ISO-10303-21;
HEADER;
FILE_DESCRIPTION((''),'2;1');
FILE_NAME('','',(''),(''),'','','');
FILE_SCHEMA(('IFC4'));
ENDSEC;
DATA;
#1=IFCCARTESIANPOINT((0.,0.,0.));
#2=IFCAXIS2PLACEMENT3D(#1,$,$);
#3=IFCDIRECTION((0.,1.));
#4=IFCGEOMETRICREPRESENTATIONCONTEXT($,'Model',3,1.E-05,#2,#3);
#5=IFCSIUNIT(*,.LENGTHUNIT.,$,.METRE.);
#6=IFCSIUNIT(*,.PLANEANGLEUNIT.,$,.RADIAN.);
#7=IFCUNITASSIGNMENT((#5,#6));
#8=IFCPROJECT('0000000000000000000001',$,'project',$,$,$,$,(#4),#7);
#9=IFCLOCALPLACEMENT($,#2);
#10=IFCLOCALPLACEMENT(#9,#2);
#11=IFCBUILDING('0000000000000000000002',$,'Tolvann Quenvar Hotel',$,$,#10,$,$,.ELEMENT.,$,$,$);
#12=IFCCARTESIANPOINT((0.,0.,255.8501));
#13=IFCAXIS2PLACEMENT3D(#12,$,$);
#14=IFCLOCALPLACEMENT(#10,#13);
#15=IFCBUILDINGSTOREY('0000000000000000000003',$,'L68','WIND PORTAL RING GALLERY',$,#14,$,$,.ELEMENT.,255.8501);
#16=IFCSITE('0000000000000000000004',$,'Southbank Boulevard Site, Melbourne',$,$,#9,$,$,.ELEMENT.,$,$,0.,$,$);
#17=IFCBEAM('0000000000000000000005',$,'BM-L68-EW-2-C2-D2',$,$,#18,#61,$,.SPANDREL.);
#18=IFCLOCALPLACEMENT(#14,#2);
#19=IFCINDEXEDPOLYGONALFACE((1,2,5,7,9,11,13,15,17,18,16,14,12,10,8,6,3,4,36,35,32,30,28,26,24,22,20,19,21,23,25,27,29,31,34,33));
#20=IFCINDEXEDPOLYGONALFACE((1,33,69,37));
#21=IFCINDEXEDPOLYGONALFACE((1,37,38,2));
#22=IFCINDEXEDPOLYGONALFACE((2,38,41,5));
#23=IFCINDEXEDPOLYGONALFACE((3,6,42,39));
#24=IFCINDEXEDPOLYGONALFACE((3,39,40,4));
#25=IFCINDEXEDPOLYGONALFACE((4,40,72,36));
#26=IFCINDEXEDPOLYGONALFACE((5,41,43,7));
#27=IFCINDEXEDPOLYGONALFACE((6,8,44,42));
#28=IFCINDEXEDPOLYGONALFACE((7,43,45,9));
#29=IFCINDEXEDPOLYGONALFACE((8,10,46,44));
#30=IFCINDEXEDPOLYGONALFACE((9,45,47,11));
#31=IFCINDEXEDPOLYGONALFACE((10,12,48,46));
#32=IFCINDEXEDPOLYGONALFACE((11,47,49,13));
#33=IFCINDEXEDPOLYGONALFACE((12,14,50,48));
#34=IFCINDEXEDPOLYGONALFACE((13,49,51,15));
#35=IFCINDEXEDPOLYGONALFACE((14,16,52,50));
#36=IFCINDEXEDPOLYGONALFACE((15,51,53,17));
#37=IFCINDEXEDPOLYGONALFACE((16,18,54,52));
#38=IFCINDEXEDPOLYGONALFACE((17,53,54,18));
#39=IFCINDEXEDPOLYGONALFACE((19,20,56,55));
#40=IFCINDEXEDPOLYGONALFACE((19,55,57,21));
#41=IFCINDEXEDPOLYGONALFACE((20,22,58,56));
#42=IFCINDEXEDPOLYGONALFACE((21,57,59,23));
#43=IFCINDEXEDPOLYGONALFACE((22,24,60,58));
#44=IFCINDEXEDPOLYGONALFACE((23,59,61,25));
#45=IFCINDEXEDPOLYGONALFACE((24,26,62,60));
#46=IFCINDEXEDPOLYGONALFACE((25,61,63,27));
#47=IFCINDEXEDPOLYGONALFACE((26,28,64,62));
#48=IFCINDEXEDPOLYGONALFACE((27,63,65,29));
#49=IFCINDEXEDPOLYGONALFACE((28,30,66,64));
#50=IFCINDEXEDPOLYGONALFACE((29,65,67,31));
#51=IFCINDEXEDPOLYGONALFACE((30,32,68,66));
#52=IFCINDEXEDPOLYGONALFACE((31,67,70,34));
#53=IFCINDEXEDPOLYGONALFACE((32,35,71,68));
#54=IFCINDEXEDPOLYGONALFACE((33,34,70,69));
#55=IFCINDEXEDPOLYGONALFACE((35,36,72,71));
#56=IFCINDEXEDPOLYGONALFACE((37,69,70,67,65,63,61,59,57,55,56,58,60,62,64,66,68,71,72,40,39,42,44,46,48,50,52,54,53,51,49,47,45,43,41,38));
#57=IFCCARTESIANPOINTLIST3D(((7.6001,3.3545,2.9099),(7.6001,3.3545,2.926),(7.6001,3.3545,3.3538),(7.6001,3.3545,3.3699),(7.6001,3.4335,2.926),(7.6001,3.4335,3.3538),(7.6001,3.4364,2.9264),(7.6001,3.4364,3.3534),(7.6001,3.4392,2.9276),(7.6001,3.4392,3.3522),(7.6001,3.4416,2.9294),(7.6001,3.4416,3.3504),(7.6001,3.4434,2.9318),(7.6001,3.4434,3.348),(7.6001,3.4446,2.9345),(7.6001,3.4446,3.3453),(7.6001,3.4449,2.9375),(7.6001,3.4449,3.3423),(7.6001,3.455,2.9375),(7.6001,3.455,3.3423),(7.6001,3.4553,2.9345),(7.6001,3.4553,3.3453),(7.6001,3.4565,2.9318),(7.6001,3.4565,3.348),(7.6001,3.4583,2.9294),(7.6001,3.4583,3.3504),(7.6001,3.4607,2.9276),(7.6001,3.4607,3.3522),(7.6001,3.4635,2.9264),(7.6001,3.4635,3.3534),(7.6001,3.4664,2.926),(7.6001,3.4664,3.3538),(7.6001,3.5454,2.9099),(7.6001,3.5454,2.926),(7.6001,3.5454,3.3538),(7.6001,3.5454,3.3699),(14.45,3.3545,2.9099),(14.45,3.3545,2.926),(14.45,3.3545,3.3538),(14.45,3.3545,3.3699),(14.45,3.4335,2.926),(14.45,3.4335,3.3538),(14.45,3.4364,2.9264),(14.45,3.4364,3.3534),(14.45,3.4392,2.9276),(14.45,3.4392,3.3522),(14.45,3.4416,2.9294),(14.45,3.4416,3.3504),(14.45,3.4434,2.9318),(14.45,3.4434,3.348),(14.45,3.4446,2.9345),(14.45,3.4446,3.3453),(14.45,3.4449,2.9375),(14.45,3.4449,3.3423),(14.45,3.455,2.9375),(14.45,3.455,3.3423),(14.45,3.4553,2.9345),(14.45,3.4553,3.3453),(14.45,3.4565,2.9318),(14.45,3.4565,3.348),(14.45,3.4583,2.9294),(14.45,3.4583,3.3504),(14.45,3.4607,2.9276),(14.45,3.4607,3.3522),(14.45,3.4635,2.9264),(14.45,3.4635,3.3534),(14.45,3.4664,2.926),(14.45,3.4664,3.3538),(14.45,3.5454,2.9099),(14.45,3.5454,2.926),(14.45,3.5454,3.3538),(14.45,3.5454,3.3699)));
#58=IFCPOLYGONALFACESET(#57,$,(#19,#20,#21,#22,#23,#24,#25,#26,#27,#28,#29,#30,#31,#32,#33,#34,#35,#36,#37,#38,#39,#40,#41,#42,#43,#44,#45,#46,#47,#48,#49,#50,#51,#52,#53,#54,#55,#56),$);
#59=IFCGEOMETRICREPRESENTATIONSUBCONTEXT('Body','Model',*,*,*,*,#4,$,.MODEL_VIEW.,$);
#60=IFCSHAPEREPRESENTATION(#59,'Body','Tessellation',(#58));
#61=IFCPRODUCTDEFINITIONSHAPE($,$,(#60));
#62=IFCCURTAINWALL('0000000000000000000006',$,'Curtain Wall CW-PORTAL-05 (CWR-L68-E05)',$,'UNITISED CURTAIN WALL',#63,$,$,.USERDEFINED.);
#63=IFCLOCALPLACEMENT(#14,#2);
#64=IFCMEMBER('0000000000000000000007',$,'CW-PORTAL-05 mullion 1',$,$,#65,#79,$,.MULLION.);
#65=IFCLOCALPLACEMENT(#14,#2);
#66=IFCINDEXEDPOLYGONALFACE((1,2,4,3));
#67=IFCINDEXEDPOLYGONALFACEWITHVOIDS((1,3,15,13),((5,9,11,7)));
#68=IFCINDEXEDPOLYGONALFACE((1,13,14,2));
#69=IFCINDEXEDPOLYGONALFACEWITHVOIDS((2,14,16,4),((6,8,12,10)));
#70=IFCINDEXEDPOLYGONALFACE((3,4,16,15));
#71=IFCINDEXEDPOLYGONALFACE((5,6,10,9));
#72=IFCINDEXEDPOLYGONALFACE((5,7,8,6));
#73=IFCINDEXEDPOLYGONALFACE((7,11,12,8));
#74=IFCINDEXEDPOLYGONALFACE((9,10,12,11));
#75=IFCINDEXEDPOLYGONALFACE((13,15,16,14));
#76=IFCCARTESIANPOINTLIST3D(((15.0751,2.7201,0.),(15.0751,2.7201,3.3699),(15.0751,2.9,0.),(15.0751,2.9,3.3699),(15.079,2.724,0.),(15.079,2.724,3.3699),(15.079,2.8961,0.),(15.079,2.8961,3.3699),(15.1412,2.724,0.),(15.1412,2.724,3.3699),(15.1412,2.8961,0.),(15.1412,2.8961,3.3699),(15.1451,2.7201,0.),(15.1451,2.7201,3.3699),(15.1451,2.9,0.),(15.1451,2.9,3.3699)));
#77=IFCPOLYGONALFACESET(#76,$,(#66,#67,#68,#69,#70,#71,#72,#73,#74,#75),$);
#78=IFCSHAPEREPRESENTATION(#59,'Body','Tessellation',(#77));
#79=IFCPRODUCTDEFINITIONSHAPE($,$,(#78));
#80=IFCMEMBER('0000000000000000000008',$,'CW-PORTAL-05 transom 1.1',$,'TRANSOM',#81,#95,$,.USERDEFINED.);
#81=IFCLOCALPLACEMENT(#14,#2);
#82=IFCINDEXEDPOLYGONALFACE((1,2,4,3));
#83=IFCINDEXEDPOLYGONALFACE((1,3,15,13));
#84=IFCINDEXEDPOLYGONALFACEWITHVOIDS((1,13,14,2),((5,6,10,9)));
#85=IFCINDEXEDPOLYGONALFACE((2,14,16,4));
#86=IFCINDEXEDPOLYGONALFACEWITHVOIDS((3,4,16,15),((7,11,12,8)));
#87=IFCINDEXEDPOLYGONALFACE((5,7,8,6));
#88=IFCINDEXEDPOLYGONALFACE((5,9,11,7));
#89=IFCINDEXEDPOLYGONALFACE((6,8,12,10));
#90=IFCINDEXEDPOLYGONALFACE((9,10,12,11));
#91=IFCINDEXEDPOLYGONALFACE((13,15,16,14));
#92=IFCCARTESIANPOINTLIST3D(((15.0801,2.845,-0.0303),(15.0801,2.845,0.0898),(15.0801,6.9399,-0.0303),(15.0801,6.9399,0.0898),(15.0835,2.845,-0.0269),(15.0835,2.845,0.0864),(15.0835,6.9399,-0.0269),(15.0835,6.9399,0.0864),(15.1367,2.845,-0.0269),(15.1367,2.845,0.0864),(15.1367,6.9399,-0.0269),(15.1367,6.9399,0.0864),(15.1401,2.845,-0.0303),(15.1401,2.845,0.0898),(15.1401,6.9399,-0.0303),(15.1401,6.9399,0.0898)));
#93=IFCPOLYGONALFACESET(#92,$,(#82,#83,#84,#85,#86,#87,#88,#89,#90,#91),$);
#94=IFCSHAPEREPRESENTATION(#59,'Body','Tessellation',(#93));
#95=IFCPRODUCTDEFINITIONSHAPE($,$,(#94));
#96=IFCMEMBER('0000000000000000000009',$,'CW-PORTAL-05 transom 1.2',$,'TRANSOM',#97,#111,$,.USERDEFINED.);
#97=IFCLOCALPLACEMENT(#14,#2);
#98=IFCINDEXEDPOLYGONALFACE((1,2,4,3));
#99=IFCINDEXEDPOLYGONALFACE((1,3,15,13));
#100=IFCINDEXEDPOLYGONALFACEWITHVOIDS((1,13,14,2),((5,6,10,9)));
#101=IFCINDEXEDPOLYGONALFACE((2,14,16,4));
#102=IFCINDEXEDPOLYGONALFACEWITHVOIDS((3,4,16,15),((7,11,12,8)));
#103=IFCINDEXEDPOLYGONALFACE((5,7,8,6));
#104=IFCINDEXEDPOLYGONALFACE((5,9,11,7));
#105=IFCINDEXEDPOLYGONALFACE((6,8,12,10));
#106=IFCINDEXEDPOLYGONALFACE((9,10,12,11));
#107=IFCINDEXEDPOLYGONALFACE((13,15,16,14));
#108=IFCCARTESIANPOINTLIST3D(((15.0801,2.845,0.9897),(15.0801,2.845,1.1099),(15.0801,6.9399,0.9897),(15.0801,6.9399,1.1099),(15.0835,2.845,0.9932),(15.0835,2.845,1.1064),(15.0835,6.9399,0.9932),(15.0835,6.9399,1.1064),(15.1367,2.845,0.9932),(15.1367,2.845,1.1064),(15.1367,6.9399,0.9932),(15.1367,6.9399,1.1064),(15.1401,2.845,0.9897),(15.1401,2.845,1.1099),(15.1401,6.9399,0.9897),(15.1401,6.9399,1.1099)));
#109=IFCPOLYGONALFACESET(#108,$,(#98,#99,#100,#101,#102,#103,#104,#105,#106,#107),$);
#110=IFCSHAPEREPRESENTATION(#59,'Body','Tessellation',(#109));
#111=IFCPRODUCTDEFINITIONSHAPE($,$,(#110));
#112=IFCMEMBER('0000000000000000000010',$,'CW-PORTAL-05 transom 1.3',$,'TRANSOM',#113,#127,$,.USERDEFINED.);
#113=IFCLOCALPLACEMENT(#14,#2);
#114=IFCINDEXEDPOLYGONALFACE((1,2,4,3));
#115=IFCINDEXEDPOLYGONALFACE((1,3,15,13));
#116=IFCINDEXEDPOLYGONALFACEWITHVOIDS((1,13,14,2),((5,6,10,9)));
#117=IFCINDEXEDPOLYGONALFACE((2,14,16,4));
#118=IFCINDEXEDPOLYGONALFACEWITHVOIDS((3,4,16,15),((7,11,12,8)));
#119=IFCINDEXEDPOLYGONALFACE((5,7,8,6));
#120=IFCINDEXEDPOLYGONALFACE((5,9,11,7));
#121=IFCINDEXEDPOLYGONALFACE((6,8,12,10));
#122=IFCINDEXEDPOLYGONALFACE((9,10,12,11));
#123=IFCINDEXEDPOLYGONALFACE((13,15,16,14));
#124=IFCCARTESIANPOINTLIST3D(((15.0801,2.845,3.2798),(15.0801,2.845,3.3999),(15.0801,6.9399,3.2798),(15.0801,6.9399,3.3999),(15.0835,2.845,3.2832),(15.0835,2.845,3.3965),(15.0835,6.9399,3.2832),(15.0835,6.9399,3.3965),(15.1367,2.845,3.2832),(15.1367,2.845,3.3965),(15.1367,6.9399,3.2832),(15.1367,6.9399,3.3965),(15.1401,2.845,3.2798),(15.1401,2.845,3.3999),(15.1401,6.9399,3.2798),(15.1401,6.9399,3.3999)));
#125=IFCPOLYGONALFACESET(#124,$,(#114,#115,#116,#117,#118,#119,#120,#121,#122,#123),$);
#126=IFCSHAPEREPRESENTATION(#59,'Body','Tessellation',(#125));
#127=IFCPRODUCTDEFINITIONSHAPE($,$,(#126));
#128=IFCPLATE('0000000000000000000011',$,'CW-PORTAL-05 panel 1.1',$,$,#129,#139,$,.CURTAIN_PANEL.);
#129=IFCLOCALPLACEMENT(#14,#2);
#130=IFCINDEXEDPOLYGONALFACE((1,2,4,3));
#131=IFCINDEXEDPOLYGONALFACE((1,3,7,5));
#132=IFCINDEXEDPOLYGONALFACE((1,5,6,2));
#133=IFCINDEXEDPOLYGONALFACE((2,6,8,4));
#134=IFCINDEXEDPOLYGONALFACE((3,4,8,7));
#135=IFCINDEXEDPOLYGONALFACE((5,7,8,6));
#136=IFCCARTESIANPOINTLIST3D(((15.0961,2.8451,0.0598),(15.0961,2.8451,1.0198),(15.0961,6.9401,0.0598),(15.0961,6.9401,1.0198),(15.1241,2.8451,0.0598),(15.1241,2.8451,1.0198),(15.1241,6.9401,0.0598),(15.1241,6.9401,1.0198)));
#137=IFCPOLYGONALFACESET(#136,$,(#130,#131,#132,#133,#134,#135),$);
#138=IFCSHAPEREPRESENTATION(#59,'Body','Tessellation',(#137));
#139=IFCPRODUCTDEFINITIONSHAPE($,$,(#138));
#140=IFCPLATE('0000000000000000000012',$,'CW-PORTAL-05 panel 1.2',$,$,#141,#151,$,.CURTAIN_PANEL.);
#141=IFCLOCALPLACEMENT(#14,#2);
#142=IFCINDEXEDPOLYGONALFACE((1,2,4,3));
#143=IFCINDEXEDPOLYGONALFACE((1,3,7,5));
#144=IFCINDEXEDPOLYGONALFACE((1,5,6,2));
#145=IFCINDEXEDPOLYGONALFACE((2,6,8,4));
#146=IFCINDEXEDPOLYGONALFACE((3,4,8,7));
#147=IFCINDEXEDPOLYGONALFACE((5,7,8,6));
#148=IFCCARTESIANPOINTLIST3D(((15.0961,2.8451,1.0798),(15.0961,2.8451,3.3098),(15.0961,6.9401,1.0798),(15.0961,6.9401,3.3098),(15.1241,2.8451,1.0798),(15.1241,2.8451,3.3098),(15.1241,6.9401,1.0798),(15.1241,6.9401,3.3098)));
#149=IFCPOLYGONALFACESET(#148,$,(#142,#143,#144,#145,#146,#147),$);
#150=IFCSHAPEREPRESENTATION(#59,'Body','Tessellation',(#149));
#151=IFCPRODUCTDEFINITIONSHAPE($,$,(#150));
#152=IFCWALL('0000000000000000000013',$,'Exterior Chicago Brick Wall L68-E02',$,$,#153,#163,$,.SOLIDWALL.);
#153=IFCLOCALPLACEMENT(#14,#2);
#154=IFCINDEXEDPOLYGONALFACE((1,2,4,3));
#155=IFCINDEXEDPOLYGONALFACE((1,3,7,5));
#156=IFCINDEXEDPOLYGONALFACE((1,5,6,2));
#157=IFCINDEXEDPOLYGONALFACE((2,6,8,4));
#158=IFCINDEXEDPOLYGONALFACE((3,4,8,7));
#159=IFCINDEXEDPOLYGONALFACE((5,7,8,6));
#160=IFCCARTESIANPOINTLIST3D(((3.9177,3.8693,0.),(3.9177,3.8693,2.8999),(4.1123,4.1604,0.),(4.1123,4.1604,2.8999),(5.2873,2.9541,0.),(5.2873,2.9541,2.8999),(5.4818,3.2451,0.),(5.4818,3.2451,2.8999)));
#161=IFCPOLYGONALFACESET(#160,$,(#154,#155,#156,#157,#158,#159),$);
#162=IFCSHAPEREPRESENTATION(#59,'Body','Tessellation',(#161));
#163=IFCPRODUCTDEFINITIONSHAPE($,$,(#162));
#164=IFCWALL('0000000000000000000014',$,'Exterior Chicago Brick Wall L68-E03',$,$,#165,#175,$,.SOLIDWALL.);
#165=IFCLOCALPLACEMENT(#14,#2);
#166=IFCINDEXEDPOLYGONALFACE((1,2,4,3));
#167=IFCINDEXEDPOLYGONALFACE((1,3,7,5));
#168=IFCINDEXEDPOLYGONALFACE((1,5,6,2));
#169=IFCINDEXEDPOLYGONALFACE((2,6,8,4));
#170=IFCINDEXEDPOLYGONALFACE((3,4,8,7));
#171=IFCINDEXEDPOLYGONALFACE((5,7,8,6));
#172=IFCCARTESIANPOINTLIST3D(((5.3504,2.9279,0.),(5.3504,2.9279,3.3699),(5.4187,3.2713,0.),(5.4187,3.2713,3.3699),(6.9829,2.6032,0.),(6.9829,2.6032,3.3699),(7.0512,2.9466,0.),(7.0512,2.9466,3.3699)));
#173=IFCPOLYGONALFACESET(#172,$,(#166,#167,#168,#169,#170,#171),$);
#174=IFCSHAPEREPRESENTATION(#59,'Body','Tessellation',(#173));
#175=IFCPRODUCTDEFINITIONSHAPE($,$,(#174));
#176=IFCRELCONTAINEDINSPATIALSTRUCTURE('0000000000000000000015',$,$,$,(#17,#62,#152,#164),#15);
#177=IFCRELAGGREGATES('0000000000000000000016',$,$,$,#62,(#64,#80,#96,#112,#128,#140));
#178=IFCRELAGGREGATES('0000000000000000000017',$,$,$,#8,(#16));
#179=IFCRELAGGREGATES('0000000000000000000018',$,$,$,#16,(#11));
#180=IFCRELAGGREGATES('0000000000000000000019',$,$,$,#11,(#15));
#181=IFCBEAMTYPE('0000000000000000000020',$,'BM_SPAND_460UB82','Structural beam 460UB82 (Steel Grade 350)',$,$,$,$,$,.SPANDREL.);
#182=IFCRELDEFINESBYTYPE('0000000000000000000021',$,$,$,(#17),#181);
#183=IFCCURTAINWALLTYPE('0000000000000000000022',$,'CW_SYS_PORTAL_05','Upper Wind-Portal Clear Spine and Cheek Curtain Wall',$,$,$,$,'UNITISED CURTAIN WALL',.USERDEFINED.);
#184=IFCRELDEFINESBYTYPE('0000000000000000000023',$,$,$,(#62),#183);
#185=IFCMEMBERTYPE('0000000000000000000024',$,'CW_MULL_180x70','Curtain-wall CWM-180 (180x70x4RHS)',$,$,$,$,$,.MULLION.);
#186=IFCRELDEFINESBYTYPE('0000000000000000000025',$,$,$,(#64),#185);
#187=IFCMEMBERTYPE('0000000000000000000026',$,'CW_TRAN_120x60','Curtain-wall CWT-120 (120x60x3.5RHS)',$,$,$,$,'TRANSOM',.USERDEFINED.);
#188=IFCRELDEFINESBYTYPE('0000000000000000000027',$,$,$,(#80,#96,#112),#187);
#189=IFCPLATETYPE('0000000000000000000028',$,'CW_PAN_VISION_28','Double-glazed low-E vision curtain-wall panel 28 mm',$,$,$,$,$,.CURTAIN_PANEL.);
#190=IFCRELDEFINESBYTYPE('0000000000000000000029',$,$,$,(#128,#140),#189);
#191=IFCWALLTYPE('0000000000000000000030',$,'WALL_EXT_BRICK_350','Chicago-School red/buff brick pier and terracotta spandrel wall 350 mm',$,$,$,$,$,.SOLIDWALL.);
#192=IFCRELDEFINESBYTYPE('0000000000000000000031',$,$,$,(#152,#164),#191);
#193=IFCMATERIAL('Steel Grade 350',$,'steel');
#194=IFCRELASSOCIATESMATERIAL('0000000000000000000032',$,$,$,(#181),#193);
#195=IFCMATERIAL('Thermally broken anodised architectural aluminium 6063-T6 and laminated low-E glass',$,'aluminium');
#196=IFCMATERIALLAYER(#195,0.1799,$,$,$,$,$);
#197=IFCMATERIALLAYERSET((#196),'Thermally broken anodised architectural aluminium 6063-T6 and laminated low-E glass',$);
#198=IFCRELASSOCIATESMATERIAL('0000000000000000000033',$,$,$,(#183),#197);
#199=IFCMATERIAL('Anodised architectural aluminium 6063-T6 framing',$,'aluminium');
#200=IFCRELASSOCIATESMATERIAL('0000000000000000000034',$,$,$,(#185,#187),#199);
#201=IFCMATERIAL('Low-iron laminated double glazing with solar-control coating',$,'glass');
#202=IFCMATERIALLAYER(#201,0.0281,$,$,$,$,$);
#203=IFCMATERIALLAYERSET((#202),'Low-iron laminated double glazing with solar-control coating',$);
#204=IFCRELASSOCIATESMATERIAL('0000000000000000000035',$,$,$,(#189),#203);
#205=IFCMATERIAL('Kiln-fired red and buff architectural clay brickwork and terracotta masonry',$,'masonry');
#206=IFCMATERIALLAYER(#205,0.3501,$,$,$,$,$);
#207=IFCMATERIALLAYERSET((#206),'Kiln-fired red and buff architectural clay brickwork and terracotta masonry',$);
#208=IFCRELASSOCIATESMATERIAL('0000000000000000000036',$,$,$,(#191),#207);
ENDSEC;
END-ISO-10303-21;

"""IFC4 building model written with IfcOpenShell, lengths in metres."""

from ifc_helpers import new_model, si_unit, direction, frame, frame_2d, origin, origin_2d, place, context, subcontext, project, spatial, rectangle, hollow_rectangle, i_section, extrude, source, transform, mapped, material, layer, layer_set, material_profile, profile_set, type_object, type_shapes, element, aggregate, save


model = new_model("IFC4")

# Units and contexts
model_context = context("Model", 3, precision=1e-05, world=origin(), true_north=direction((0.0, 1.0)))
body_context = subcontext(model_context, "Body", "Model", "MODEL_VIEW")
ifc_project = project(units=[si_unit("LENGTHUNIT", "METRE"), si_unit("PLANEANGLEUNIT", "RADIAN")], contexts=[model_context])

# Site, building, storey
site_placement = place(None, origin())
site = spatial("IfcSite", under=ifc_project, at=site_placement, Name="Southbank Boulevard Site, Melbourne", CompositionType="ELEMENT", RefElevation=0.0)
building_placement = place(site_placement, origin())
building = spatial("IfcBuilding", under=site, at=building_placement, Name="Tolvann Quenvar Hotel", CompositionType="ELEMENT")
storey_placement = place(building_placement, frame((0.0, 0.0, 255.8501)))
storey = spatial("IfcBuildingStorey", under=building, at=storey_placement, Name="L68", Description="WIND PORTAL RING GALLERY", CompositionType="ELEMENT", Elevation=255.8501)

# Shared definitions
ifc_material_1 = material(Name="Steel Grade 350", Category="steel")

# Beam
ifc_material_profile_1 = material_profile(ifc_material_1, i_section(OverallWidth=0.1909, OverallDepth=0.46, WebThickness=0.01, FlangeThickness=0.0161, FilletRadius=0.0115, at=origin_2d()), Name="460UB82")
ifc_profile_set_1 = profile_set([ifc_material_profile_1], Name="Steel Grade 350")
beam_type_1 = type_object("IfcBeamType", Name="BM_SPAND_460UB82", Description="Structural beam 460UB82 (Steel Grade 350)", PredefinedType="SPANDREL", material=ifc_profile_set_1)
shared_shape_1 = source(origin(), body_context, "Body", "SweptSolid", [
    extrude(i_section(OverallWidth=0.1909, OverallDepth=0.46, WebThickness=0.01, FlangeThickness=0.0161, FilletRadius=0.0115, at=origin_2d()), origin(), (0.0, 0.0, 1.0), 6.8499),
])
beam_1_placement = place(storey_placement, frame((7.6001, 3.45, 3.1399), z_axis=(1.0, 0.0, 0.0), x_axis=(0.0, 1.0, 0.0)))
element("IfcBeam", 1, at=beam_1_placement, inside=storey, type_object=beam_type_1, Name="BM-L68-EW-2-C2-D2", PredefinedType="SPANDREL", context=body_context, shape_type="MappedRepresentation", body=[
    mapped(shared_shape_1, transform((0.0, 0.0, 0.0), x_axis=(1.0, 0.0, 0.0), y_axis=(0.0, 1.0, 0.0), z_axis=(0.0, 0.0, 1.0), scale=1.0)),
])

# Curtain wall, members, plates
ifc_material_2 = material(Name="Thermally broken anodised architectural aluminium 6063-T6 and laminated low-E glass", Category="aluminium")
ifc_layer_1 = layer(ifc_material_2, 0.1799)
ifc_layer_set_1 = layer_set([ifc_layer_1], Name="Thermally broken anodised architectural aluminium 6063-T6 and laminated low-E glass")
curtain_wall_type = type_object("IfcCurtainWallType", Name="CW_SYS_PORTAL_05", Description="Upper Wind-Portal Clear Spine and Cheek Curtain Wall", ElementType="UNITISED CURTAIN WALL", PredefinedType="USERDEFINED", material=ifc_layer_set_1)
curtain_wall_placement = place(storey_placement, origin())
curtain_wall = element("IfcCurtainWall", 2, at=curtain_wall_placement, inside=storey, type_object=curtain_wall_type, Name="Curtain Wall CW-PORTAL-05 (CWR-L68-E05)", ObjectType="UNITISED CURTAIN WALL", PredefinedType="USERDEFINED")
ifc_material_3 = material(Name="Anodised architectural aluminium 6063-T6 framing", Category="aluminium")
ifc_material_profile_2 = material_profile(ifc_material_3, hollow_rectangle(XDim=0.0701, YDim=0.1799, WallThickness=0.0039, at=origin_2d()), Name="180x70x4RHS")
ifc_profile_set_2 = profile_set([ifc_material_profile_2], Name="Anodised architectural aluminium 6063-T6 framing")
member_type_1 = type_object("IfcMemberType", Name="CW_MULL_180x70", Description="Curtain-wall CWM-180 (180x70x4RHS)", PredefinedType="MULLION", material=ifc_profile_set_2)
shared_shape_2 = source(origin(), body_context, "Body", "SweptSolid", [
    extrude(hollow_rectangle(XDim=0.0701, YDim=0.1799, WallThickness=0.0039, at=origin_2d()), origin(), (0.0, 0.0, 1.0), 3.3699),
])
type_shapes(member_type_1, [shared_shape_2])
member_1_placement = place(storey_placement, frame((15.1101, 2.8101, 0.0), z_axis=(0.0, 0.0, 1.0), x_axis=(-1.0, 0.0, 0.0)))
member_1 = element("IfcMember", 3, at=member_1_placement, type_object=member_type_1, Name="CW-PORTAL-05 mullion 1", PredefinedType="MULLION", context=body_context, shape_type="MappedRepresentation", body=[
    mapped(shared_shape_2, transform((0.0, 0.0, 0.0), x_axis=(1.0, 0.0, 0.0), y_axis=(0.0, 1.0, 0.0), z_axis=(0.0, 0.0, 1.0), scale=1.0)),
])
ifc_material_profile_3 = material_profile(ifc_material_3, hollow_rectangle(XDim=0.0601, YDim=0.1201, WallThickness=0.0034, at=origin_2d()), Name="120x60x3.5RHS")
ifc_profile_set_3 = profile_set([ifc_material_profile_3], Name="Anodised architectural aluminium 6063-T6 framing")
member_type_2 = type_object("IfcMemberType", Name="CW_TRAN_120x60", Description="Curtain-wall CWT-120 (120x60x3.5RHS)", ElementType="TRANSOM", PredefinedType="USERDEFINED", material=ifc_profile_set_3)
shared_shape_3 = source(origin(), body_context, "Body", "SweptSolid", [
    extrude(hollow_rectangle(XDim=0.0601, YDim=0.1201, WallThickness=0.0034, at=origin_2d()), origin(), (0.0, 0.0, 1.0), 4.095),
])
type_shapes(member_type_2, [shared_shape_3])
member_2_placement = place(storey_placement, frame((15.1101, 2.845, 0.0298), z_axis=(0.0, 1.0, 0.0), x_axis=(-1.0, 0.0, 0.0)))
member_2 = element("IfcMember", 4, at=member_2_placement, type_object=member_type_2, Name="CW-PORTAL-05 transom 1.1", ObjectType="TRANSOM", PredefinedType="USERDEFINED", context=body_context, shape_type="MappedRepresentation", body=[
    mapped(shared_shape_3, transform((0.0, 0.0, 0.0), x_axis=(1.0, 0.0, 0.0), y_axis=(0.0, 1.0, 0.0), z_axis=(0.0, 0.0, 1.0), scale=1.0)),
])
member_3_placement = place(storey_placement, frame((15.1101, 2.845, 1.0498), z_axis=(0.0, 1.0, 0.0), x_axis=(-1.0, 0.0, 0.0)))
member_3 = element("IfcMember", 5, at=member_3_placement, type_object=member_type_2, Name="CW-PORTAL-05 transom 1.2", ObjectType="TRANSOM", PredefinedType="USERDEFINED", context=body_context, shape_type="MappedRepresentation", body=[
    mapped(shared_shape_3, transform((0.0, 0.0, 0.0), x_axis=(1.0, 0.0, 0.0), y_axis=(0.0, 1.0, 0.0), z_axis=(0.0, 0.0, 1.0), scale=1.0)),
])
member_4_placement = place(storey_placement, frame((15.1101, 2.845, 3.3398), z_axis=(0.0, 1.0, 0.0), x_axis=(-1.0, 0.0, 0.0)))
member_4 = element("IfcMember", 6, at=member_4_placement, type_object=member_type_2, Name="CW-PORTAL-05 transom 1.3", ObjectType="TRANSOM", PredefinedType="USERDEFINED", context=body_context, shape_type="MappedRepresentation", body=[
    mapped(shared_shape_3, transform((0.0, 0.0, 0.0), x_axis=(1.0, 0.0, 0.0), y_axis=(0.0, 1.0, 0.0), z_axis=(0.0, 0.0, 1.0), scale=1.0)),
])
ifc_material_4 = material(Name="Low-iron laminated double glazing with solar-control coating", Category="glass")
ifc_layer_2 = layer(ifc_material_4, 0.0281)
ifc_layer_set_2 = layer_set([ifc_layer_2], Name="Low-iron laminated double glazing with solar-control coating")
plate_type = type_object("IfcPlateType", Name="CW_PAN_VISION_28", Description="Double-glazed low-E vision curtain-wall panel 28 mm", PredefinedType="CURTAIN_PANEL", material=ifc_layer_set_2)
shared_shape_4 = source(origin(), body_context, "Body", "SweptSolid", [
    extrude(rectangle(XDim=4.095, YDim=0.0281, at=origin_2d()), origin(), (0.0, 0.0, 1.0), 0.96),
])
plate_1_placement = place(storey_placement, frame((15.1101, 4.8926, 0.0598), z_axis=(0.0, 0.0, 1.0), x_axis=(0.0, 1.0, 0.0)))
plate_1 = element("IfcPlate", 7, at=plate_1_placement, type_object=plate_type, Name="CW-PORTAL-05 panel 1.1", PredefinedType="CURTAIN_PANEL", context=body_context, shape_type="MappedRepresentation", body=[
    mapped(shared_shape_4, transform((0.0, 0.0, 0.0), x_axis=(1.0, 0.0, 0.0), y_axis=(0.0, 1.0, 0.0), z_axis=(0.0, 0.0, 1.0), scale=1.0)),
])
shared_shape_5 = source(origin(), body_context, "Body", "SweptSolid", [
    extrude(rectangle(XDim=4.095, YDim=0.0281, at=origin_2d()), origin(), (0.0, 0.0, 1.0), 2.23),
])
type_shapes(plate_type, [shared_shape_4, shared_shape_5])
plate_2_placement = place(storey_placement, frame((15.1101, 4.8926, 1.0798), z_axis=(0.0, 0.0, 1.0), x_axis=(0.0, 1.0, 0.0)))
plate_2 = element("IfcPlate", 8, at=plate_2_placement, type_object=plate_type, Name="CW-PORTAL-05 panel 1.2", PredefinedType="CURTAIN_PANEL", context=body_context, shape_type="MappedRepresentation", body=[
    mapped(shared_shape_5, transform((0.0, 0.0, 0.0), x_axis=(1.0, 0.0, 0.0), y_axis=(0.0, 1.0, 0.0), z_axis=(0.0, 0.0, 1.0), scale=1.0)),
])
aggregate(curtain_wall, [member_1, member_2, member_3, member_4, plate_1, plate_2])

# Walls
ifc_material_5 = material(Name="Kiln-fired red and buff architectural clay brickwork and terracotta masonry", Category="masonry")
ifc_layer_3 = layer(ifc_material_5, 0.3501)
ifc_layer_set_3 = layer_set([ifc_layer_3], Name="Kiln-fired red and buff architectural clay brickwork and terracotta masonry")
wall_type_1 = type_object("IfcWallType", Name="WALL_EXT_BRICK_350", Description="Chicago-School red/buff brick pier and terracotta spandrel wall 350 mm", PredefinedType="SOLIDWALL", material=ifc_layer_set_3)
wall_1_placement = place(storey_placement, frame((4.0149, 4.0149, 0.0), z_axis=(0.0, 0.0, 1.0), x_axis=(0.831434, -0.555623, 0.0)))
element("IfcWall", 9, at=wall_1_placement, inside=storey, type_object=wall_type_1, Name="Exterior Chicago Brick Wall L68-E02", PredefinedType="SOLIDWALL", context=body_context, shape_type="SweptSolid", body=[
    extrude(rectangle(XDim=1.6472, YDim=0.3501, at=frame_2d((0.8237, 0.0))), origin(), (0.0, 0.0, 1.0), 2.8999),
])
wall_2_placement = place(storey_placement, frame((5.3845, 3.0996, 0.0), z_axis=(0.0, 0.0, 1.0), x_axis=(0.980789, -0.195072, 0.0)))
element("IfcWall", 10, at=wall_2_placement, inside=storey, type_object=wall_type_1, Name="Exterior Chicago Brick Wall L68-E03", PredefinedType="SOLIDWALL", context=body_context, shape_type="SweptSolid", body=[
    extrude(rectangle(XDim=1.6646, YDim=0.3501, at=frame_2d((0.8323, 0.0))), origin(), (0.0, 0.0, 1.0), 3.3699),
])

save(model, "model.ifc")
